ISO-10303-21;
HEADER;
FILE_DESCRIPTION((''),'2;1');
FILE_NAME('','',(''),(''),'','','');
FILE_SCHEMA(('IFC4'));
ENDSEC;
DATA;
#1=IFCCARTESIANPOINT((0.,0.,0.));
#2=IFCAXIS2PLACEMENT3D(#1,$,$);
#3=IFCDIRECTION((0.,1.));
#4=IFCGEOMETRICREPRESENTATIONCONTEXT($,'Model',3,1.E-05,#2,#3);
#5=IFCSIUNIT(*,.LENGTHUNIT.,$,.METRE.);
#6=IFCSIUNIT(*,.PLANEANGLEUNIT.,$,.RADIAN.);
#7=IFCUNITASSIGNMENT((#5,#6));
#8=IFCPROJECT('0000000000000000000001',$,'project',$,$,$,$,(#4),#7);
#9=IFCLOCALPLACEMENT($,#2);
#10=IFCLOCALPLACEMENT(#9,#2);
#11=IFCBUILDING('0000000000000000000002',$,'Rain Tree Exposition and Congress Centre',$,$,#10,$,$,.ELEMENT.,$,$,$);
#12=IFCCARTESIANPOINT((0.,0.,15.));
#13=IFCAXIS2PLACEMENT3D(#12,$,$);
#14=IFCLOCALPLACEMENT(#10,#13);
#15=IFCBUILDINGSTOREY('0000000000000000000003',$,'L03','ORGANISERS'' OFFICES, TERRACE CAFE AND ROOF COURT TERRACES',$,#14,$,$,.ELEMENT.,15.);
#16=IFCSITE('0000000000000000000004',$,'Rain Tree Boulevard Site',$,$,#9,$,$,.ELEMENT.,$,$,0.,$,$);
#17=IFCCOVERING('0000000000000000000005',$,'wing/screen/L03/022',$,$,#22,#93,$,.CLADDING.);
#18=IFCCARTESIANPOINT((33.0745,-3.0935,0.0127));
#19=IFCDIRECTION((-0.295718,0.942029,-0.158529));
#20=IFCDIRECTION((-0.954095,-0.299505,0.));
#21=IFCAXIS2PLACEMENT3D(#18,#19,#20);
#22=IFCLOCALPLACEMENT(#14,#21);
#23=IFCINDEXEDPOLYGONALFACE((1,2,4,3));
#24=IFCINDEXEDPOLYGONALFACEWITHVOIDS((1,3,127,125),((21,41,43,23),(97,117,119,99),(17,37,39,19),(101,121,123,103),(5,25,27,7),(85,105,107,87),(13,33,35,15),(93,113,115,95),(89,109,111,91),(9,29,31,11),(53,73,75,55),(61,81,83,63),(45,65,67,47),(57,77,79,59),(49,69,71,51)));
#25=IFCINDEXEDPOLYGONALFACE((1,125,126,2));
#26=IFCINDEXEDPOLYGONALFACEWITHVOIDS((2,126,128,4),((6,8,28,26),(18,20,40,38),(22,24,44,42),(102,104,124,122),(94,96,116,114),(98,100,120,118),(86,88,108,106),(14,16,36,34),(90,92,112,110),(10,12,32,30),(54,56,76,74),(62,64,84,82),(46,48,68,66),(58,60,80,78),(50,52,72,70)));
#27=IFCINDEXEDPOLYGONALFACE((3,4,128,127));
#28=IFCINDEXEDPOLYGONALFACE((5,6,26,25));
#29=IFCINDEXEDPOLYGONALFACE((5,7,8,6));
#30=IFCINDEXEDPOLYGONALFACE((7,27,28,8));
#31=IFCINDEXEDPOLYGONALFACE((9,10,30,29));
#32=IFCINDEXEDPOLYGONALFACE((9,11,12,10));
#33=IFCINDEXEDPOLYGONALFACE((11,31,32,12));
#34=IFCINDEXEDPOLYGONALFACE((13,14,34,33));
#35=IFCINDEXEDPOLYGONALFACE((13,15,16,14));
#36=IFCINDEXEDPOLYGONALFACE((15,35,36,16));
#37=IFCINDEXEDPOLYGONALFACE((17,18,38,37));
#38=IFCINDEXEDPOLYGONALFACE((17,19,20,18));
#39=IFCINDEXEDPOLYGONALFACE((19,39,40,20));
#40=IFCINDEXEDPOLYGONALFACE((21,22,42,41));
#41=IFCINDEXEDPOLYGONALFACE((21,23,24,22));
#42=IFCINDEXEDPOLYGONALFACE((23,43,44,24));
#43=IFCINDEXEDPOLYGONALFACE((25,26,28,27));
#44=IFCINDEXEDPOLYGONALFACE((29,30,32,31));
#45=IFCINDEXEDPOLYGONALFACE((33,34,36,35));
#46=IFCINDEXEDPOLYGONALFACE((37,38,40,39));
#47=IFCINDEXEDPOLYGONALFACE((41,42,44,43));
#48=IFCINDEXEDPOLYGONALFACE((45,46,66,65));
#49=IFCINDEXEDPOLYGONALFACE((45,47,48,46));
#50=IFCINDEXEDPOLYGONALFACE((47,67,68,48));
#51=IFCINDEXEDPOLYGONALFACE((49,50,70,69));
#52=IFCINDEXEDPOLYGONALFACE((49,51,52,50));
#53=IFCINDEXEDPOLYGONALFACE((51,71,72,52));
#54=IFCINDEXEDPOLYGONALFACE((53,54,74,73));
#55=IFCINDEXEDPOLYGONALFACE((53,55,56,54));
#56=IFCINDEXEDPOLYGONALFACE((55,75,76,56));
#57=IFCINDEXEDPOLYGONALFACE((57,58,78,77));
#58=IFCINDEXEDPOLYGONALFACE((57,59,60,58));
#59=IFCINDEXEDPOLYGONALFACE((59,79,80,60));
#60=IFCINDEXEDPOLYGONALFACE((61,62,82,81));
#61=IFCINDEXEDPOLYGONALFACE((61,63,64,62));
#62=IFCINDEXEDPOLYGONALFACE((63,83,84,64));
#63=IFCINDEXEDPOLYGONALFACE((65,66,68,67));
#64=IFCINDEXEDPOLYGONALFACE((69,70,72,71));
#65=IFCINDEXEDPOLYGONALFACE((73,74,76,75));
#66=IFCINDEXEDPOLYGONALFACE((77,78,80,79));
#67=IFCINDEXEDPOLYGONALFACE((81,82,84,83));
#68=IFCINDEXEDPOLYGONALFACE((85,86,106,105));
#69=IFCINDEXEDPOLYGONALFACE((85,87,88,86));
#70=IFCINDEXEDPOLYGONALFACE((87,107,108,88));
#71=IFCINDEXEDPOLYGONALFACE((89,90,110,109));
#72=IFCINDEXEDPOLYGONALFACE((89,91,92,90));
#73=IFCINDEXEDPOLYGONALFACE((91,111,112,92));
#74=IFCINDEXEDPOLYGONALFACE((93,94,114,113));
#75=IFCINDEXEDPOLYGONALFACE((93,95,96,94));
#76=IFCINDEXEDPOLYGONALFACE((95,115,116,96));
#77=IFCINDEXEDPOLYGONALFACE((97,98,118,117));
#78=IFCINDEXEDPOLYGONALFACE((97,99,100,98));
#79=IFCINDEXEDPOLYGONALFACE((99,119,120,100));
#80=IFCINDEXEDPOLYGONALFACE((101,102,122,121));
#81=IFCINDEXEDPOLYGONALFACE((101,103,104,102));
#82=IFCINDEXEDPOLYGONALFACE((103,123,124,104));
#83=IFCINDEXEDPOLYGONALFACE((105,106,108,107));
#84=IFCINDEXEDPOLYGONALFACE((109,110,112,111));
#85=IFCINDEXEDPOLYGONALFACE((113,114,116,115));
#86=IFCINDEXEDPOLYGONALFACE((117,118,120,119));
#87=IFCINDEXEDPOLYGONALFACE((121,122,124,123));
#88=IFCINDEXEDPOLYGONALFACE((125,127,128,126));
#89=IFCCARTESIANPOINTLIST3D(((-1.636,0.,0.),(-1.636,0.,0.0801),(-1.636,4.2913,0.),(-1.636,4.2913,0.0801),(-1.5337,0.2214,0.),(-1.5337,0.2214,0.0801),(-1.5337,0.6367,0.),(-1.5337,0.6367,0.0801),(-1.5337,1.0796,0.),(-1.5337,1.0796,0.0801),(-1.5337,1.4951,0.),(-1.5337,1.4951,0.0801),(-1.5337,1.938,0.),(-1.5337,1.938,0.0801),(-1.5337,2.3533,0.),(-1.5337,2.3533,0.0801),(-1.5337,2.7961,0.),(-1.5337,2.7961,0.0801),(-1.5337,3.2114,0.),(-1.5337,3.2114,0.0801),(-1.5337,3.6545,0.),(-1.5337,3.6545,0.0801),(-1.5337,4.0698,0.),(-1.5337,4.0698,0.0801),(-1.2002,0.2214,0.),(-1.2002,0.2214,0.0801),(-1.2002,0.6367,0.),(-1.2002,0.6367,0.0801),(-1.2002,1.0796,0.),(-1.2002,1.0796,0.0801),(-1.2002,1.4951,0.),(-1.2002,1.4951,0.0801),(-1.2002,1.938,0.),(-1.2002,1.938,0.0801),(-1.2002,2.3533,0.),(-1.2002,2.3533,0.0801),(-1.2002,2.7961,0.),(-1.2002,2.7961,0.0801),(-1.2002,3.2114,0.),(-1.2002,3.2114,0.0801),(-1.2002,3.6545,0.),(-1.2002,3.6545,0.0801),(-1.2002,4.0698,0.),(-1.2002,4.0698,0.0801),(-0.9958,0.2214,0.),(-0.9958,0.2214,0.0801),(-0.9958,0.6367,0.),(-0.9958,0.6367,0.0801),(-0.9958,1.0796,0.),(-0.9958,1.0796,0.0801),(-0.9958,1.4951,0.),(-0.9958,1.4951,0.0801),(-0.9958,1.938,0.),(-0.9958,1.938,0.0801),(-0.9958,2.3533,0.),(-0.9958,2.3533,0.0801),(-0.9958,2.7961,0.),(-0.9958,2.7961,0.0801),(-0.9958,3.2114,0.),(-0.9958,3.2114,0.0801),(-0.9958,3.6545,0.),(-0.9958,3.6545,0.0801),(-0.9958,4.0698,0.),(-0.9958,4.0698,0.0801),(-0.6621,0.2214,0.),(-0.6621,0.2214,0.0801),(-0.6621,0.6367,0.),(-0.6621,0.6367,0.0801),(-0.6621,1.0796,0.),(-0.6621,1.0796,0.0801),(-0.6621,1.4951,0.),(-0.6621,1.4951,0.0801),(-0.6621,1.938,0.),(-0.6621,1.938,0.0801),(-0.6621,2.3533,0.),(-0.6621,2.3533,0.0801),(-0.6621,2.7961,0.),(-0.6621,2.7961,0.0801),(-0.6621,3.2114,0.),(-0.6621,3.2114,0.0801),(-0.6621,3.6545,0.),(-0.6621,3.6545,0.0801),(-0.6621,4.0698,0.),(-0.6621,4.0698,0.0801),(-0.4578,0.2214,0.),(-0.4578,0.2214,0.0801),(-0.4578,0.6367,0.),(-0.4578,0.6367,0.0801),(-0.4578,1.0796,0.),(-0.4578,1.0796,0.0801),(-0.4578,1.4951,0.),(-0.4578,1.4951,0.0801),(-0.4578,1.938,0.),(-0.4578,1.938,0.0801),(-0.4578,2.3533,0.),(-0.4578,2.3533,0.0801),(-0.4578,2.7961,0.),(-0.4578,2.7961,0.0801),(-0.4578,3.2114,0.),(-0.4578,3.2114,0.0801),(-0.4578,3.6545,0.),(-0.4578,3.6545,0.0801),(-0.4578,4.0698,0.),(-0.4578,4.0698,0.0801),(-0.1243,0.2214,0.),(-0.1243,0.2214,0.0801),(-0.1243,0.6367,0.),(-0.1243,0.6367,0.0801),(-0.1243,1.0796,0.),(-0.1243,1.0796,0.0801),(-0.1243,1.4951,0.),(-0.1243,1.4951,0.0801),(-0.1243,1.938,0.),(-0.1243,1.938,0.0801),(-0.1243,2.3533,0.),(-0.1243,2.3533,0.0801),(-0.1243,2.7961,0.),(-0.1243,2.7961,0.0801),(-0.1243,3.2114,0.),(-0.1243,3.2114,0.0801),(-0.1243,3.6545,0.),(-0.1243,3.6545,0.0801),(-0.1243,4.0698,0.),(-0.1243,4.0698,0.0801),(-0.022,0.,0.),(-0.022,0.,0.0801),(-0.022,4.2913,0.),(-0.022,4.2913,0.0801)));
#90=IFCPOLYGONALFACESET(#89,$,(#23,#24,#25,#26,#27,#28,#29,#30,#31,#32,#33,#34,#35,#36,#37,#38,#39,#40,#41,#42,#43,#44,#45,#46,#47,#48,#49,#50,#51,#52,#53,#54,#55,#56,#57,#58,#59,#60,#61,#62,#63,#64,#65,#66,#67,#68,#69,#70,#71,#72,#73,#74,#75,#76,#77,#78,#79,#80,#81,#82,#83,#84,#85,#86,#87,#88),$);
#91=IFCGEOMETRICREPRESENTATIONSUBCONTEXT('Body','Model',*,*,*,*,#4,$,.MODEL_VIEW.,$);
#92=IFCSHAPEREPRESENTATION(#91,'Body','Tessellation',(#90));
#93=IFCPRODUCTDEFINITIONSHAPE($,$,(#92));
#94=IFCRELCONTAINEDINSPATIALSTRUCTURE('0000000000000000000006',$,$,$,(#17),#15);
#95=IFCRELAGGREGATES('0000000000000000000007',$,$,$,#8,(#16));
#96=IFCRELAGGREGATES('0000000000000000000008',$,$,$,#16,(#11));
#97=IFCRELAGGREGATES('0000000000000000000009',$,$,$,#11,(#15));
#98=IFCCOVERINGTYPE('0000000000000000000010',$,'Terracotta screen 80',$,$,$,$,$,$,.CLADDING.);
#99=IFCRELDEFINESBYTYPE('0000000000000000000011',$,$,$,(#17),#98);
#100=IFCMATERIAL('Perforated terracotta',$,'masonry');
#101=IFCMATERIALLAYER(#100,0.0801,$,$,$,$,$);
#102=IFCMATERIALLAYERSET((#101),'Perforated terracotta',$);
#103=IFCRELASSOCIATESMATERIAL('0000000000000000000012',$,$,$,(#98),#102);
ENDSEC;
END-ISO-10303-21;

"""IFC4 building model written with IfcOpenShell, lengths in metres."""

from ifc_helpers import new_model, si_unit, direction, frame, origin, place, context, subcontext, project, spatial, polyline, outline, extrude, material, layer, layer_set, type_object, element, save


model = new_model("IFC4")

# Units and contexts
model_context = context("Model", 3, precision=1e-05, world=origin(), true_north=direction((0.0, 1.0)))
body_context = subcontext(model_context, "Body", "Model", "MODEL_VIEW")
ifc_project = project(units=[si_unit("LENGTHUNIT", "METRE"), si_unit("PLANEANGLEUNIT", "RADIAN")], contexts=[model_context])

# Site, building, storey
site_placement = place(None, origin())
site = spatial("IfcSite", under=ifc_project, at=site_placement, Name="Rain Tree Boulevard Site", CompositionType="ELEMENT", RefElevation=0.0)
building_placement = place(site_placement, origin())
building = spatial("IfcBuilding", under=site, at=building_placement, Name="Rain Tree Exposition and Congress Centre", CompositionType="ELEMENT")
storey_placement = place(building_placement, frame((0.0, 0.0, 15.0)))
storey = spatial("IfcBuildingStorey", under=building, at=storey_placement, Name="L03", Description="ORGANISERS' OFFICES, TERRACE CAFE AND ROOF COURT TERRACES", CompositionType="ELEMENT", Elevation=15.0)

# Covering
ifc_material_1 = material(Name="Perforated terracotta", Category="masonry")
ifc_layer = layer(ifc_material_1, 0.0801)
ifc_layer_set = layer_set([ifc_layer], Name="Perforated terracotta")
covering_type = type_object("IfcCoveringType", Name="Terracotta screen 80", PredefinedType="CLADDING", material=ifc_layer_set)
covering_1_placement = place(storey_placement, frame((33.0745, -3.0935, 0.0127), z_axis=(-0.295718, 0.942029, -0.158529), x_axis=(-0.954095, -0.299505, 0.0)))
element("IfcCovering", 1, at=covering_1_placement, inside=storey, type_object=covering_type, Name="wing/screen/L03/022", PredefinedType="CLADDING", context=body_context, shape_type="SweptSolid", body=[
    extrude(outline(polyline([(-1.636, 0.0), (-1.636, 4.2913), (-0.022, 4.2913), (-0.022, 0.0), (-1.636, 0.0)]), holes=[polyline([(-0.1243, 0.2214), (-0.1243, 0.6367), (-0.4578, 0.6367), (-0.4578, 0.2214), (-0.1243, 0.2214)]), polyline([(-0.1243, 1.0796), (-0.1243, 1.4951), (-0.4578, 1.4951), (-0.4578, 1.0796), (-0.1243, 1.0796)]), polyline([(-0.1243, 1.938), (-0.1243, 2.3533), (-0.4578, 2.3533), (-0.4578, 1.938), (-0.1243, 1.938)]), polyline([(-0.1243, 2.7961), (-0.1243, 3.2114), (-0.4578, 3.2114), (-0.4578, 2.7961), (-0.1243, 2.7961)]), polyline([(-0.1243, 3.6545), (-0.1243, 4.0698), (-0.4578, 4.0698), (-0.4578, 3.6545), (-0.1243, 3.6545)]), polyline([(-0.6621, 0.2214), (-0.6621, 0.6367), (-0.9958, 0.6367), (-0.9958, 0.2214), (-0.6621, 0.2214)]), polyline([(-0.6621, 1.0796), (-0.6621, 1.4951), (-0.9958, 1.4951), (-0.9958, 1.0796), (-0.6621, 1.0796)]), polyline([(-0.6621, 1.938), (-0.6621, 2.3533), (-0.9958, 2.3533), (-0.9958, 1.938), (-0.6621, 1.938)]), polyline([(-0.6621, 2.7961), (-0.6621, 3.2114), (-0.9958, 3.2114), (-0.9958, 2.7961), (-0.6621, 2.7961)]), polyline([(-0.6621, 3.6545), (-0.6621, 4.0698), (-0.9958, 4.0698), (-0.9958, 3.6545), (-0.6621, 3.6545)]), polyline([(-1.2002, 0.2214), (-1.2002, 0.6367), (-1.5337, 0.6367), (-1.5337, 0.2214), (-1.2002, 0.2214)]), polyline([(-1.2002, 1.0796), (-1.2002, 1.4951), (-1.5337, 1.4951), (-1.5337, 1.0796), (-1.2002, 1.0796)]), polyline([(-1.2002, 1.938), (-1.2002, 2.3533), (-1.5337, 2.3533), (-1.5337, 1.938), (-1.2002, 1.938)]), polyline([(-1.2002, 2.7961), (-1.2002, 3.2114), (-1.5337, 3.2114), (-1.5337, 2.7961), (-1.2002, 2.7961)]), polyline([(-1.2002, 3.6545), (-1.2002, 4.0698), (-1.5337, 4.0698), (-1.5337, 3.6545), (-1.2002, 3.6545)])]), origin(), (0.0, 0.0, 1.0), 0.0801),
])

save(model, "model.ifc")
